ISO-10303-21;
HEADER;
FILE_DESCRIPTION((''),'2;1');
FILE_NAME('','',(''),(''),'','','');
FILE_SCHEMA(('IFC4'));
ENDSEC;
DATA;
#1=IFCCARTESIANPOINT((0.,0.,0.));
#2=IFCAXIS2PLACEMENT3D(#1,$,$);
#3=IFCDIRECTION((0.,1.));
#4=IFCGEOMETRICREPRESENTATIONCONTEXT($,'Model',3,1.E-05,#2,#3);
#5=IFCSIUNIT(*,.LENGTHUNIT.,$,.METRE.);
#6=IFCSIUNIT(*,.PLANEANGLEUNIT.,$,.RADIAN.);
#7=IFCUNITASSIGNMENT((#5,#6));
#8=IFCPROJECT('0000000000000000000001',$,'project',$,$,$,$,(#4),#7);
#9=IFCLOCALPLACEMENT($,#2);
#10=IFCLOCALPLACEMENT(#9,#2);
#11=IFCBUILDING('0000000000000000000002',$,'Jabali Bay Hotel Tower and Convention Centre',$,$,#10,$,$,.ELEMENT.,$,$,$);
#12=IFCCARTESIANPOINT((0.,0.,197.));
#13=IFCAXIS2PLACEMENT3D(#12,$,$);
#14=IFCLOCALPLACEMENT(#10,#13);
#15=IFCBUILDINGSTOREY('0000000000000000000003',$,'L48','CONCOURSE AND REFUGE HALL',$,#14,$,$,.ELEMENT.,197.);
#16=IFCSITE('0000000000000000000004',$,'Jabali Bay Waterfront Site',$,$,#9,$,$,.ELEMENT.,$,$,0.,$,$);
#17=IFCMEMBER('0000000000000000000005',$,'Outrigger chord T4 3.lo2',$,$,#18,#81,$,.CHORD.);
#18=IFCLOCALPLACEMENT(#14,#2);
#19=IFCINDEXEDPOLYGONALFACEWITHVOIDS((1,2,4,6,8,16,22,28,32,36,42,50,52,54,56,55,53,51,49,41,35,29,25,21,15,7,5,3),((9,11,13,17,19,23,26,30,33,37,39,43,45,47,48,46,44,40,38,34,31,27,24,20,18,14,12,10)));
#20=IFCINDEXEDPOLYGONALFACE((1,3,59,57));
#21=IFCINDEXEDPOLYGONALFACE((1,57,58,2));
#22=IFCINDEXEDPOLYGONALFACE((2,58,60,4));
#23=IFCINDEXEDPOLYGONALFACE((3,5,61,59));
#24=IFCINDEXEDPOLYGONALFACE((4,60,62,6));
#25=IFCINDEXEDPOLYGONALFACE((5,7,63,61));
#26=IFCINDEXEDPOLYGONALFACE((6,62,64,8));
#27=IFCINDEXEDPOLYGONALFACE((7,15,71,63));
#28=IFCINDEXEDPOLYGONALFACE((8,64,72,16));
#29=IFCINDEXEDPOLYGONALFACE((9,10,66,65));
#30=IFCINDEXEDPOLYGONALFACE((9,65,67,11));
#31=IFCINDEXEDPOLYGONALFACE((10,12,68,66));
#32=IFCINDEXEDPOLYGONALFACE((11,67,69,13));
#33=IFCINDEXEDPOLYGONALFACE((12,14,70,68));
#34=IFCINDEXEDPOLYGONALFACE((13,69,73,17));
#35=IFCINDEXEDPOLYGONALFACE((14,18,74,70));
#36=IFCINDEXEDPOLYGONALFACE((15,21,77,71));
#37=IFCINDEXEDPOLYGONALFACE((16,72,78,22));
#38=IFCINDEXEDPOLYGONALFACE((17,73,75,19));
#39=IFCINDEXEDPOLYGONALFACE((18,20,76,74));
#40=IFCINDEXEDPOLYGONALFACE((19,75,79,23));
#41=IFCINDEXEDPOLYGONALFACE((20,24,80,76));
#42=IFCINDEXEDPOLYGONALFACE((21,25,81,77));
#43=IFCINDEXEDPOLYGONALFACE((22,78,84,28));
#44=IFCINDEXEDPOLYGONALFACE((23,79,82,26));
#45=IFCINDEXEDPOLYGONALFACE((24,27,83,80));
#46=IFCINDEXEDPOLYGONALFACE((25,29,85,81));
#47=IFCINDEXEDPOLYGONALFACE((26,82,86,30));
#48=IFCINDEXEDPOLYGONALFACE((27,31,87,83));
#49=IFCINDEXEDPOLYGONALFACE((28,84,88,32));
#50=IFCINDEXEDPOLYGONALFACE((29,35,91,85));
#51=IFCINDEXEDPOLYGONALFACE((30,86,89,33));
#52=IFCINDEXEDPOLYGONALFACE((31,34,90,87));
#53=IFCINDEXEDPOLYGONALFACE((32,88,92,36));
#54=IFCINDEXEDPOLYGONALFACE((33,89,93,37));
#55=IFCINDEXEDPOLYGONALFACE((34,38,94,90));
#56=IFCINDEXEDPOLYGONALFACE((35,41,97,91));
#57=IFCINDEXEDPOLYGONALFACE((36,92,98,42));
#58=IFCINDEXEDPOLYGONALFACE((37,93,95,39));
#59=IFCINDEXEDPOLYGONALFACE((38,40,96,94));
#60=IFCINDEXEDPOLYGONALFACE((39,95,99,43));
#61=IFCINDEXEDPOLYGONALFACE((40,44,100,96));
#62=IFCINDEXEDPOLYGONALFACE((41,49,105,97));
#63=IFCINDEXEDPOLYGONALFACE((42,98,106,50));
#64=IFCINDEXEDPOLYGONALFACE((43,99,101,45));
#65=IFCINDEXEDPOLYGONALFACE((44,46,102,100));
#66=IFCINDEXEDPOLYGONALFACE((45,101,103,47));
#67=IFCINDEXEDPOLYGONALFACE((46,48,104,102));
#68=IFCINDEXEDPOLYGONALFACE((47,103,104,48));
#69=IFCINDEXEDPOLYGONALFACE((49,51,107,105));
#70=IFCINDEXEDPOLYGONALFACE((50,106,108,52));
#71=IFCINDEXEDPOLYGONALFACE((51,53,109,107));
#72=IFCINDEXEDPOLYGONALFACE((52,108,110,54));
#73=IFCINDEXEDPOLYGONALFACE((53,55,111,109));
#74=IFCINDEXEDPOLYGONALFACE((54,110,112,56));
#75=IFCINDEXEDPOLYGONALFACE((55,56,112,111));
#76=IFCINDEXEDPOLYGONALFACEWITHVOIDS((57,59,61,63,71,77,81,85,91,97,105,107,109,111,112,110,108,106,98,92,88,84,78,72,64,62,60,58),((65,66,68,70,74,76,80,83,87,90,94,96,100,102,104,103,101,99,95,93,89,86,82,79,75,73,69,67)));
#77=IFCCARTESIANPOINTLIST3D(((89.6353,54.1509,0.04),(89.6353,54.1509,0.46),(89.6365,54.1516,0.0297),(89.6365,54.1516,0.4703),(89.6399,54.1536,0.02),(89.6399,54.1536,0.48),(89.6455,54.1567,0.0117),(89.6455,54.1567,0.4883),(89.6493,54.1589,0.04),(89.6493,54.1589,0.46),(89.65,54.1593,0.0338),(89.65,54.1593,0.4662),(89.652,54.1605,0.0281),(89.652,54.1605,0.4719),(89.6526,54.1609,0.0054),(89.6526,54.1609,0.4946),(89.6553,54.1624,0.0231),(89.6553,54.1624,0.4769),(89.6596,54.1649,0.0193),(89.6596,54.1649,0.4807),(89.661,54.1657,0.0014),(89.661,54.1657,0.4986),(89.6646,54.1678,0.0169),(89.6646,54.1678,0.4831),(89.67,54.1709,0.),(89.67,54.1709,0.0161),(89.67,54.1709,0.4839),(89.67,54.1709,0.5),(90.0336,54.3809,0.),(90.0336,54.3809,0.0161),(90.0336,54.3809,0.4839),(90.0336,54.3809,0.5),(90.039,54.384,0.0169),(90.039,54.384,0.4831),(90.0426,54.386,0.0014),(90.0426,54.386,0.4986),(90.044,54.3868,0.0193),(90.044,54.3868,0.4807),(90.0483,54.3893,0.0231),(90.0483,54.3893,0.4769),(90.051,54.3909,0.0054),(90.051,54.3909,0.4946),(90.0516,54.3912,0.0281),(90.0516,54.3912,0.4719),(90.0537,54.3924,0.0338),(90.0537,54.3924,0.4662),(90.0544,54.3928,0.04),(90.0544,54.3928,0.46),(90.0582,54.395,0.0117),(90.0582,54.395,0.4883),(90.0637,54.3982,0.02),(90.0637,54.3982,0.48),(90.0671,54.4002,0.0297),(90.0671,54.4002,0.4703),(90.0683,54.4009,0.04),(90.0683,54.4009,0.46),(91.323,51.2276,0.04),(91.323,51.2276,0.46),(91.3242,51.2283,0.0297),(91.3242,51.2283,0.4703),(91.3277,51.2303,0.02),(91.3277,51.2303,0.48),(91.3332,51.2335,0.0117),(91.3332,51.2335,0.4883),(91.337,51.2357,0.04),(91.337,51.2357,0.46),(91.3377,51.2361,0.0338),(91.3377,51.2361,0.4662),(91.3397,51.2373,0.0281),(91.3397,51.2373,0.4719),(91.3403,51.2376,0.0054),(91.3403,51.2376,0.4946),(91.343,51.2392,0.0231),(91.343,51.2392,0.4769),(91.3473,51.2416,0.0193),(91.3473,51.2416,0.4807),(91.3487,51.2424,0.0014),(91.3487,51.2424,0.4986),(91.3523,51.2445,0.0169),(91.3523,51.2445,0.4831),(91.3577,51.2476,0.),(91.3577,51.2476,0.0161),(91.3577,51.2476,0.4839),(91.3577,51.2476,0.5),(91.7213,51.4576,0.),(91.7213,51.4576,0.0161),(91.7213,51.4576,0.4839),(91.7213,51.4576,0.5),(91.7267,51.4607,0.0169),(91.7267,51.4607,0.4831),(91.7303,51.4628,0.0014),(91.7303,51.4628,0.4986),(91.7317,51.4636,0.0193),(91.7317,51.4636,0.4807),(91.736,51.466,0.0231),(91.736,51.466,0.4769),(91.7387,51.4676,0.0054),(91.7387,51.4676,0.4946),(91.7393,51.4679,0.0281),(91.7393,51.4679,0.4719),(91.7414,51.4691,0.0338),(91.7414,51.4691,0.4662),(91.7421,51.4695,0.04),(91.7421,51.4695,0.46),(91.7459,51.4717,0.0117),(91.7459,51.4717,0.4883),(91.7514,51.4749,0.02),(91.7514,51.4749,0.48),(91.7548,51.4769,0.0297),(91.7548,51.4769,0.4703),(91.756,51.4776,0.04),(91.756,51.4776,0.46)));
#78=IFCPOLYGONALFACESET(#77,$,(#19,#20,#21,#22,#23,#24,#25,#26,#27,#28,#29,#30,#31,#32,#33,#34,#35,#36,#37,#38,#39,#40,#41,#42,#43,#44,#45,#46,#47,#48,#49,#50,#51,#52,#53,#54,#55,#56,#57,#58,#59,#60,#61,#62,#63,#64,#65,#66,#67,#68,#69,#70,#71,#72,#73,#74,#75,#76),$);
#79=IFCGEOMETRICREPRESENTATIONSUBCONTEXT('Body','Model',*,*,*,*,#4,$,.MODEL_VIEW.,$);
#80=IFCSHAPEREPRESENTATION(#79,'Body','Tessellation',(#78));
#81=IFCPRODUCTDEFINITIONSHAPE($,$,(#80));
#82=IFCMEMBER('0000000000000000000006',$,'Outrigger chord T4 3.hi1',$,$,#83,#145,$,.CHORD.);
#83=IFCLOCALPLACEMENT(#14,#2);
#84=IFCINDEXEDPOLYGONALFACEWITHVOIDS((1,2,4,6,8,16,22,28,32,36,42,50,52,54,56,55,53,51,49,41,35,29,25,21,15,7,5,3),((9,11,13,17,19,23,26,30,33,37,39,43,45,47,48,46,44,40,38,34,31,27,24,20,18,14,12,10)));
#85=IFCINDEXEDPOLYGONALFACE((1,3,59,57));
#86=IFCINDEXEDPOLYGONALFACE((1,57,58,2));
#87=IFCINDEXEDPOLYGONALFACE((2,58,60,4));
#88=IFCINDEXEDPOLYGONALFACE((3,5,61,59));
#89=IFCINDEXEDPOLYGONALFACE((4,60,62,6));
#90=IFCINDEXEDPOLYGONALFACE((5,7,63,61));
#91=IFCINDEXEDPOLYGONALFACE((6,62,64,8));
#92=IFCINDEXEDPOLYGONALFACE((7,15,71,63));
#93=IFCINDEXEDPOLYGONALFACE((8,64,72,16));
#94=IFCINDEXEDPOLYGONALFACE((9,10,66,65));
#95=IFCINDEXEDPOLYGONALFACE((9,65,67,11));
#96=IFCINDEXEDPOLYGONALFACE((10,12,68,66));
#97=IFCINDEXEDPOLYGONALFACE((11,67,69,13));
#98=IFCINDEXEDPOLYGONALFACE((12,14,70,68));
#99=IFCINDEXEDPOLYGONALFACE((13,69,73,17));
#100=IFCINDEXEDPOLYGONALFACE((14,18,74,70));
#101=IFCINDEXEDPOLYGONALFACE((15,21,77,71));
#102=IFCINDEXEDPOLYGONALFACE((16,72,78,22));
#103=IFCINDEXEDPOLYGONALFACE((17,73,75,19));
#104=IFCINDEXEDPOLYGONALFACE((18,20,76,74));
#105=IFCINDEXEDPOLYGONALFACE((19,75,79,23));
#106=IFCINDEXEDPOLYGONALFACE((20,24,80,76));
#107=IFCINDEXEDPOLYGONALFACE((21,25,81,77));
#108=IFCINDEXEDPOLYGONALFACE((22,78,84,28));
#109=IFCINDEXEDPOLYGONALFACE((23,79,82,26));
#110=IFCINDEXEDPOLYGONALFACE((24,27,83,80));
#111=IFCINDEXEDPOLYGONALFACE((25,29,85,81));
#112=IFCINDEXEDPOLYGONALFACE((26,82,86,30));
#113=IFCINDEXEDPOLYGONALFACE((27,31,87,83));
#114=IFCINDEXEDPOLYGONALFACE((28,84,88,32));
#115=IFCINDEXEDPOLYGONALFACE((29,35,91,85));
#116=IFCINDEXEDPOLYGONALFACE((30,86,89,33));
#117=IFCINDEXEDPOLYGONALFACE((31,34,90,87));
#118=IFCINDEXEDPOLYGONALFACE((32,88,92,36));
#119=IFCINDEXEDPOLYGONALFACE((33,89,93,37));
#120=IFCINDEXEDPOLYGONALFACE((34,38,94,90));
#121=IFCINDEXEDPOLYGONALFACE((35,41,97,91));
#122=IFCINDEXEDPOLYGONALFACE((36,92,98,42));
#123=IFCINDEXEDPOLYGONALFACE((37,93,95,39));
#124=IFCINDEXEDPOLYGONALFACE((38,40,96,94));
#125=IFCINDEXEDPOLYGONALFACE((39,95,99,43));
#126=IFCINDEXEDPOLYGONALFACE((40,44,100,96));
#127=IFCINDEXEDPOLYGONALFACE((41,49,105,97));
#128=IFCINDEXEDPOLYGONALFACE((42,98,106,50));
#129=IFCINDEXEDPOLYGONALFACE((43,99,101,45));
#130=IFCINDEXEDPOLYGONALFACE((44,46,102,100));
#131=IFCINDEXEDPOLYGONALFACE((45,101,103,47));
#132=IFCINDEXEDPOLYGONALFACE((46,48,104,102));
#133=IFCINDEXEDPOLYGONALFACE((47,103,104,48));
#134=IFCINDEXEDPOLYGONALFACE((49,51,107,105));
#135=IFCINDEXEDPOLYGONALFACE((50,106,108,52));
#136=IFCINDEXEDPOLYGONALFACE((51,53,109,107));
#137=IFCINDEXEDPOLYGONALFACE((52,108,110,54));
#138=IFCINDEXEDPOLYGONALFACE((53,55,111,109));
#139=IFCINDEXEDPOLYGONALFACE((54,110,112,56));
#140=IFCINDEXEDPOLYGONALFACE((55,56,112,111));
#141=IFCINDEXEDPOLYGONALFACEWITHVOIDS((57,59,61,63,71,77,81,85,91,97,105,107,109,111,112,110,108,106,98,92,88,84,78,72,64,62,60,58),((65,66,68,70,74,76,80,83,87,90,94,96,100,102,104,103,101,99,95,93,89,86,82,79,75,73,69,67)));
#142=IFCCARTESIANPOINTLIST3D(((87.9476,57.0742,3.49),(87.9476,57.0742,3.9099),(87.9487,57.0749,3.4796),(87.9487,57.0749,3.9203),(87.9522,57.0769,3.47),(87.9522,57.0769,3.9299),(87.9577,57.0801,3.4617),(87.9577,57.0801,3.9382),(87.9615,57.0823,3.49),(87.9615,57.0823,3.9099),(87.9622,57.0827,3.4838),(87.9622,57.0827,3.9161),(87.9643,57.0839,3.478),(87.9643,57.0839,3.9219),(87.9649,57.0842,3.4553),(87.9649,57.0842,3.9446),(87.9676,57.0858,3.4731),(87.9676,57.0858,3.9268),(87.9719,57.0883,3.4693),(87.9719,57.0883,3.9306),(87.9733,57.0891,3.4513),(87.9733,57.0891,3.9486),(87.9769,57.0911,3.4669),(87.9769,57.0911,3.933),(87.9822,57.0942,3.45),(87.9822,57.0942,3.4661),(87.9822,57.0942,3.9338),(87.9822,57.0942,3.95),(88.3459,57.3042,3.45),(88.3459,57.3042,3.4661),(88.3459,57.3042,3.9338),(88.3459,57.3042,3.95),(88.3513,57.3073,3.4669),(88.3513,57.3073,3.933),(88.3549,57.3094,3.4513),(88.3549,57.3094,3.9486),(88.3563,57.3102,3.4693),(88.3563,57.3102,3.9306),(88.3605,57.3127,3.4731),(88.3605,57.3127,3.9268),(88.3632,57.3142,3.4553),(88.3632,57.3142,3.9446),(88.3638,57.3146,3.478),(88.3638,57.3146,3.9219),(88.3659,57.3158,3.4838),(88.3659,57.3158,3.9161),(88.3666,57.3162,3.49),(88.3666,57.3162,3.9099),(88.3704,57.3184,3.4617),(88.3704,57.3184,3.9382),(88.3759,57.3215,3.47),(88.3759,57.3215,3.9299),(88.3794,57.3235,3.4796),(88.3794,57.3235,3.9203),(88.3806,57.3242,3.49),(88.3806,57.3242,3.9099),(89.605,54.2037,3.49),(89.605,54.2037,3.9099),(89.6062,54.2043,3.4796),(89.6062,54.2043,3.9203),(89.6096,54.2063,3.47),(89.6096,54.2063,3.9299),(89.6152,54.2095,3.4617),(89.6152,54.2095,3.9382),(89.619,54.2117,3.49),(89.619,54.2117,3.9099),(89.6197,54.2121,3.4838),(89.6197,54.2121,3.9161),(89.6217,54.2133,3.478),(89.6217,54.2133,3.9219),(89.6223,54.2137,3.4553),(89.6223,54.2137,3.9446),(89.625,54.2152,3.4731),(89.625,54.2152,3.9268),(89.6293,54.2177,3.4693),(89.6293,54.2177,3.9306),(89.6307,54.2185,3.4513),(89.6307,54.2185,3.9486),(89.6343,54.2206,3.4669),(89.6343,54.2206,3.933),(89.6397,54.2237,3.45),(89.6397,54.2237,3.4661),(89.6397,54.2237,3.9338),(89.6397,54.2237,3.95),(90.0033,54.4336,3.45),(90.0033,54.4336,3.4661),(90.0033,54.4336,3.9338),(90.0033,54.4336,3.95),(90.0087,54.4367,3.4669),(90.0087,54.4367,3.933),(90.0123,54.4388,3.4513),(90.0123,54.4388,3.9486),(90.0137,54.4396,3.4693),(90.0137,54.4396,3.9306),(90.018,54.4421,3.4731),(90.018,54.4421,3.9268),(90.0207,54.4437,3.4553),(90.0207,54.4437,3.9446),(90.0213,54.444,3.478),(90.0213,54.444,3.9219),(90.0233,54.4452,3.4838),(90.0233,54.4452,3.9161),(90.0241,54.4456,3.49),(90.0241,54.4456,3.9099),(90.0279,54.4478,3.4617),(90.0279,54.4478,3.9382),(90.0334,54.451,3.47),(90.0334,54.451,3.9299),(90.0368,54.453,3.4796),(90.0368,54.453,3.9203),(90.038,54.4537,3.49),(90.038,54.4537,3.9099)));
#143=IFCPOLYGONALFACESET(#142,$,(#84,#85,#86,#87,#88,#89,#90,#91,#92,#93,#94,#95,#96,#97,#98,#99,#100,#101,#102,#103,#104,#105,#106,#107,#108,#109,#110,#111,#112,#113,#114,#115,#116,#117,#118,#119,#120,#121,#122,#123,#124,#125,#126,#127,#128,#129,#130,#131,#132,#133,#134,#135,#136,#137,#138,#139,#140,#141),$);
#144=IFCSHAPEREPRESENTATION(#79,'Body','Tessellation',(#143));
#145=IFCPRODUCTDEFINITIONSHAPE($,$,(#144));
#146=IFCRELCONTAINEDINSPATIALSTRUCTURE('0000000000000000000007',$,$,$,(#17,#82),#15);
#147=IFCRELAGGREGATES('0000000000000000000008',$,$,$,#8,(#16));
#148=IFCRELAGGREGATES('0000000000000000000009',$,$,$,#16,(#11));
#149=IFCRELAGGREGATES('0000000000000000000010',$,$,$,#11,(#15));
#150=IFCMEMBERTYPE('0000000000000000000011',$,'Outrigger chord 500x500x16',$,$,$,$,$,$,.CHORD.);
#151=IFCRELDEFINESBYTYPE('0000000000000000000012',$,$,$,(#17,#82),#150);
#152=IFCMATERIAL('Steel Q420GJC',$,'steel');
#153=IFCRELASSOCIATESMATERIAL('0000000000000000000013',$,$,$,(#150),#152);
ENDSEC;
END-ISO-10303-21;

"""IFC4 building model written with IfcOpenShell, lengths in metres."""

from ifc_helpers import new_model, si_unit, direction, frame, origin, origin_2d, place, context, subcontext, project, spatial, hollow_rectangle, extrude, material, material_profile, profile_set, type_object, element, save


model = new_model("IFC4")

# Units and contexts
model_context = context("Model", 3, precision=1e-05, world=origin(), true_north=direction((0.0, 1.0)))
body_context = subcontext(model_context, "Body", "Model", "MODEL_VIEW")
ifc_project = project(units=[si_unit("LENGTHUNIT", "METRE"), si_unit("PLANEANGLEUNIT", "RADIAN")], contexts=[model_context])

# Site, building, storey
site_placement = place(None, origin())
site = spatial("IfcSite", under=ifc_project, at=site_placement, Name="Jabali Bay Waterfront Site", CompositionType="ELEMENT", RefElevation=0.0)
building_placement = place(site_placement, origin())
building = spatial("IfcBuilding", under=site, at=building_placement, Name="Jabali Bay Hotel Tower and Convention Centre", CompositionType="ELEMENT")
storey_placement = place(building_placement, frame((0.0, 0.0, 197.0)))
storey = spatial("IfcBuildingStorey", under=building, at=storey_placement, Name="L48", Description="CONCOURSE AND REFUGE HALL", CompositionType="ELEMENT", Elevation=197.0)

# Members
ifc_material_1 = material(Name="Steel Q420GJC", Category="steel")
ifc_material_profile_1 = material_profile(ifc_material_1, hollow_rectangle(XDim=0.5, YDim=0.5, WallThickness=0.0161, InnerFilletRadius=0.0239, OuterFilletRadius=0.04, at=origin_2d()), Name="Outrigger chord 500x500x16")
ifc_profile_set_1 = profile_set([ifc_material_profile_1], Name="Steel Q420GJC")
member_type_1 = type_object("IfcMemberType", Name="Outrigger chord 500x500x16", PredefinedType="CHORD", material=ifc_profile_set_1)
for number, where, z_axis, x_axis, name in (
    (1, (89.8518, 54.2759, 0.25), (0.49999, -0.866031, 0.0), (0.866031, 0.49999, 0.0), "Outrigger chord T4 3.lo2"),
):
    element("IfcMember", number, at=place(storey_placement, frame(where, z_axis=z_axis, x_axis=x_axis)), inside=storey, type_object=member_type_1, Name=name, PredefinedType="CHORD", context=body_context, shape_type="SweptSolid", body=[
        extrude(hollow_rectangle(XDim=0.5, YDim=0.5, WallThickness=0.0161, InnerFilletRadius=0.0239, OuterFilletRadius=0.04, at=origin_2d()), origin(), (0.0, 0.0, 1.0), 3.3755),
    ])
member_1_placement = place(storey_placement, frame((88.1641, 57.1992, 3.7), z_axis=(0.500028, -0.866009, 0.0), x_axis=(0.866009, 0.500028, 0.0)))
element("IfcMember", 2, at=member_1_placement, inside=storey, type_object=member_type_1, Name="Outrigger chord T4 3.hi1", PredefinedType="CHORD", context=body_context, shape_type="SweptSolid", body=[
    extrude(hollow_rectangle(XDim=0.5, YDim=0.5, WallThickness=0.0161, InnerFilletRadius=0.0239, OuterFilletRadius=0.04, at=origin_2d()), origin(), (0.0, 0.0, 1.0), 3.3147),
])

save(model, "model.ifc")
